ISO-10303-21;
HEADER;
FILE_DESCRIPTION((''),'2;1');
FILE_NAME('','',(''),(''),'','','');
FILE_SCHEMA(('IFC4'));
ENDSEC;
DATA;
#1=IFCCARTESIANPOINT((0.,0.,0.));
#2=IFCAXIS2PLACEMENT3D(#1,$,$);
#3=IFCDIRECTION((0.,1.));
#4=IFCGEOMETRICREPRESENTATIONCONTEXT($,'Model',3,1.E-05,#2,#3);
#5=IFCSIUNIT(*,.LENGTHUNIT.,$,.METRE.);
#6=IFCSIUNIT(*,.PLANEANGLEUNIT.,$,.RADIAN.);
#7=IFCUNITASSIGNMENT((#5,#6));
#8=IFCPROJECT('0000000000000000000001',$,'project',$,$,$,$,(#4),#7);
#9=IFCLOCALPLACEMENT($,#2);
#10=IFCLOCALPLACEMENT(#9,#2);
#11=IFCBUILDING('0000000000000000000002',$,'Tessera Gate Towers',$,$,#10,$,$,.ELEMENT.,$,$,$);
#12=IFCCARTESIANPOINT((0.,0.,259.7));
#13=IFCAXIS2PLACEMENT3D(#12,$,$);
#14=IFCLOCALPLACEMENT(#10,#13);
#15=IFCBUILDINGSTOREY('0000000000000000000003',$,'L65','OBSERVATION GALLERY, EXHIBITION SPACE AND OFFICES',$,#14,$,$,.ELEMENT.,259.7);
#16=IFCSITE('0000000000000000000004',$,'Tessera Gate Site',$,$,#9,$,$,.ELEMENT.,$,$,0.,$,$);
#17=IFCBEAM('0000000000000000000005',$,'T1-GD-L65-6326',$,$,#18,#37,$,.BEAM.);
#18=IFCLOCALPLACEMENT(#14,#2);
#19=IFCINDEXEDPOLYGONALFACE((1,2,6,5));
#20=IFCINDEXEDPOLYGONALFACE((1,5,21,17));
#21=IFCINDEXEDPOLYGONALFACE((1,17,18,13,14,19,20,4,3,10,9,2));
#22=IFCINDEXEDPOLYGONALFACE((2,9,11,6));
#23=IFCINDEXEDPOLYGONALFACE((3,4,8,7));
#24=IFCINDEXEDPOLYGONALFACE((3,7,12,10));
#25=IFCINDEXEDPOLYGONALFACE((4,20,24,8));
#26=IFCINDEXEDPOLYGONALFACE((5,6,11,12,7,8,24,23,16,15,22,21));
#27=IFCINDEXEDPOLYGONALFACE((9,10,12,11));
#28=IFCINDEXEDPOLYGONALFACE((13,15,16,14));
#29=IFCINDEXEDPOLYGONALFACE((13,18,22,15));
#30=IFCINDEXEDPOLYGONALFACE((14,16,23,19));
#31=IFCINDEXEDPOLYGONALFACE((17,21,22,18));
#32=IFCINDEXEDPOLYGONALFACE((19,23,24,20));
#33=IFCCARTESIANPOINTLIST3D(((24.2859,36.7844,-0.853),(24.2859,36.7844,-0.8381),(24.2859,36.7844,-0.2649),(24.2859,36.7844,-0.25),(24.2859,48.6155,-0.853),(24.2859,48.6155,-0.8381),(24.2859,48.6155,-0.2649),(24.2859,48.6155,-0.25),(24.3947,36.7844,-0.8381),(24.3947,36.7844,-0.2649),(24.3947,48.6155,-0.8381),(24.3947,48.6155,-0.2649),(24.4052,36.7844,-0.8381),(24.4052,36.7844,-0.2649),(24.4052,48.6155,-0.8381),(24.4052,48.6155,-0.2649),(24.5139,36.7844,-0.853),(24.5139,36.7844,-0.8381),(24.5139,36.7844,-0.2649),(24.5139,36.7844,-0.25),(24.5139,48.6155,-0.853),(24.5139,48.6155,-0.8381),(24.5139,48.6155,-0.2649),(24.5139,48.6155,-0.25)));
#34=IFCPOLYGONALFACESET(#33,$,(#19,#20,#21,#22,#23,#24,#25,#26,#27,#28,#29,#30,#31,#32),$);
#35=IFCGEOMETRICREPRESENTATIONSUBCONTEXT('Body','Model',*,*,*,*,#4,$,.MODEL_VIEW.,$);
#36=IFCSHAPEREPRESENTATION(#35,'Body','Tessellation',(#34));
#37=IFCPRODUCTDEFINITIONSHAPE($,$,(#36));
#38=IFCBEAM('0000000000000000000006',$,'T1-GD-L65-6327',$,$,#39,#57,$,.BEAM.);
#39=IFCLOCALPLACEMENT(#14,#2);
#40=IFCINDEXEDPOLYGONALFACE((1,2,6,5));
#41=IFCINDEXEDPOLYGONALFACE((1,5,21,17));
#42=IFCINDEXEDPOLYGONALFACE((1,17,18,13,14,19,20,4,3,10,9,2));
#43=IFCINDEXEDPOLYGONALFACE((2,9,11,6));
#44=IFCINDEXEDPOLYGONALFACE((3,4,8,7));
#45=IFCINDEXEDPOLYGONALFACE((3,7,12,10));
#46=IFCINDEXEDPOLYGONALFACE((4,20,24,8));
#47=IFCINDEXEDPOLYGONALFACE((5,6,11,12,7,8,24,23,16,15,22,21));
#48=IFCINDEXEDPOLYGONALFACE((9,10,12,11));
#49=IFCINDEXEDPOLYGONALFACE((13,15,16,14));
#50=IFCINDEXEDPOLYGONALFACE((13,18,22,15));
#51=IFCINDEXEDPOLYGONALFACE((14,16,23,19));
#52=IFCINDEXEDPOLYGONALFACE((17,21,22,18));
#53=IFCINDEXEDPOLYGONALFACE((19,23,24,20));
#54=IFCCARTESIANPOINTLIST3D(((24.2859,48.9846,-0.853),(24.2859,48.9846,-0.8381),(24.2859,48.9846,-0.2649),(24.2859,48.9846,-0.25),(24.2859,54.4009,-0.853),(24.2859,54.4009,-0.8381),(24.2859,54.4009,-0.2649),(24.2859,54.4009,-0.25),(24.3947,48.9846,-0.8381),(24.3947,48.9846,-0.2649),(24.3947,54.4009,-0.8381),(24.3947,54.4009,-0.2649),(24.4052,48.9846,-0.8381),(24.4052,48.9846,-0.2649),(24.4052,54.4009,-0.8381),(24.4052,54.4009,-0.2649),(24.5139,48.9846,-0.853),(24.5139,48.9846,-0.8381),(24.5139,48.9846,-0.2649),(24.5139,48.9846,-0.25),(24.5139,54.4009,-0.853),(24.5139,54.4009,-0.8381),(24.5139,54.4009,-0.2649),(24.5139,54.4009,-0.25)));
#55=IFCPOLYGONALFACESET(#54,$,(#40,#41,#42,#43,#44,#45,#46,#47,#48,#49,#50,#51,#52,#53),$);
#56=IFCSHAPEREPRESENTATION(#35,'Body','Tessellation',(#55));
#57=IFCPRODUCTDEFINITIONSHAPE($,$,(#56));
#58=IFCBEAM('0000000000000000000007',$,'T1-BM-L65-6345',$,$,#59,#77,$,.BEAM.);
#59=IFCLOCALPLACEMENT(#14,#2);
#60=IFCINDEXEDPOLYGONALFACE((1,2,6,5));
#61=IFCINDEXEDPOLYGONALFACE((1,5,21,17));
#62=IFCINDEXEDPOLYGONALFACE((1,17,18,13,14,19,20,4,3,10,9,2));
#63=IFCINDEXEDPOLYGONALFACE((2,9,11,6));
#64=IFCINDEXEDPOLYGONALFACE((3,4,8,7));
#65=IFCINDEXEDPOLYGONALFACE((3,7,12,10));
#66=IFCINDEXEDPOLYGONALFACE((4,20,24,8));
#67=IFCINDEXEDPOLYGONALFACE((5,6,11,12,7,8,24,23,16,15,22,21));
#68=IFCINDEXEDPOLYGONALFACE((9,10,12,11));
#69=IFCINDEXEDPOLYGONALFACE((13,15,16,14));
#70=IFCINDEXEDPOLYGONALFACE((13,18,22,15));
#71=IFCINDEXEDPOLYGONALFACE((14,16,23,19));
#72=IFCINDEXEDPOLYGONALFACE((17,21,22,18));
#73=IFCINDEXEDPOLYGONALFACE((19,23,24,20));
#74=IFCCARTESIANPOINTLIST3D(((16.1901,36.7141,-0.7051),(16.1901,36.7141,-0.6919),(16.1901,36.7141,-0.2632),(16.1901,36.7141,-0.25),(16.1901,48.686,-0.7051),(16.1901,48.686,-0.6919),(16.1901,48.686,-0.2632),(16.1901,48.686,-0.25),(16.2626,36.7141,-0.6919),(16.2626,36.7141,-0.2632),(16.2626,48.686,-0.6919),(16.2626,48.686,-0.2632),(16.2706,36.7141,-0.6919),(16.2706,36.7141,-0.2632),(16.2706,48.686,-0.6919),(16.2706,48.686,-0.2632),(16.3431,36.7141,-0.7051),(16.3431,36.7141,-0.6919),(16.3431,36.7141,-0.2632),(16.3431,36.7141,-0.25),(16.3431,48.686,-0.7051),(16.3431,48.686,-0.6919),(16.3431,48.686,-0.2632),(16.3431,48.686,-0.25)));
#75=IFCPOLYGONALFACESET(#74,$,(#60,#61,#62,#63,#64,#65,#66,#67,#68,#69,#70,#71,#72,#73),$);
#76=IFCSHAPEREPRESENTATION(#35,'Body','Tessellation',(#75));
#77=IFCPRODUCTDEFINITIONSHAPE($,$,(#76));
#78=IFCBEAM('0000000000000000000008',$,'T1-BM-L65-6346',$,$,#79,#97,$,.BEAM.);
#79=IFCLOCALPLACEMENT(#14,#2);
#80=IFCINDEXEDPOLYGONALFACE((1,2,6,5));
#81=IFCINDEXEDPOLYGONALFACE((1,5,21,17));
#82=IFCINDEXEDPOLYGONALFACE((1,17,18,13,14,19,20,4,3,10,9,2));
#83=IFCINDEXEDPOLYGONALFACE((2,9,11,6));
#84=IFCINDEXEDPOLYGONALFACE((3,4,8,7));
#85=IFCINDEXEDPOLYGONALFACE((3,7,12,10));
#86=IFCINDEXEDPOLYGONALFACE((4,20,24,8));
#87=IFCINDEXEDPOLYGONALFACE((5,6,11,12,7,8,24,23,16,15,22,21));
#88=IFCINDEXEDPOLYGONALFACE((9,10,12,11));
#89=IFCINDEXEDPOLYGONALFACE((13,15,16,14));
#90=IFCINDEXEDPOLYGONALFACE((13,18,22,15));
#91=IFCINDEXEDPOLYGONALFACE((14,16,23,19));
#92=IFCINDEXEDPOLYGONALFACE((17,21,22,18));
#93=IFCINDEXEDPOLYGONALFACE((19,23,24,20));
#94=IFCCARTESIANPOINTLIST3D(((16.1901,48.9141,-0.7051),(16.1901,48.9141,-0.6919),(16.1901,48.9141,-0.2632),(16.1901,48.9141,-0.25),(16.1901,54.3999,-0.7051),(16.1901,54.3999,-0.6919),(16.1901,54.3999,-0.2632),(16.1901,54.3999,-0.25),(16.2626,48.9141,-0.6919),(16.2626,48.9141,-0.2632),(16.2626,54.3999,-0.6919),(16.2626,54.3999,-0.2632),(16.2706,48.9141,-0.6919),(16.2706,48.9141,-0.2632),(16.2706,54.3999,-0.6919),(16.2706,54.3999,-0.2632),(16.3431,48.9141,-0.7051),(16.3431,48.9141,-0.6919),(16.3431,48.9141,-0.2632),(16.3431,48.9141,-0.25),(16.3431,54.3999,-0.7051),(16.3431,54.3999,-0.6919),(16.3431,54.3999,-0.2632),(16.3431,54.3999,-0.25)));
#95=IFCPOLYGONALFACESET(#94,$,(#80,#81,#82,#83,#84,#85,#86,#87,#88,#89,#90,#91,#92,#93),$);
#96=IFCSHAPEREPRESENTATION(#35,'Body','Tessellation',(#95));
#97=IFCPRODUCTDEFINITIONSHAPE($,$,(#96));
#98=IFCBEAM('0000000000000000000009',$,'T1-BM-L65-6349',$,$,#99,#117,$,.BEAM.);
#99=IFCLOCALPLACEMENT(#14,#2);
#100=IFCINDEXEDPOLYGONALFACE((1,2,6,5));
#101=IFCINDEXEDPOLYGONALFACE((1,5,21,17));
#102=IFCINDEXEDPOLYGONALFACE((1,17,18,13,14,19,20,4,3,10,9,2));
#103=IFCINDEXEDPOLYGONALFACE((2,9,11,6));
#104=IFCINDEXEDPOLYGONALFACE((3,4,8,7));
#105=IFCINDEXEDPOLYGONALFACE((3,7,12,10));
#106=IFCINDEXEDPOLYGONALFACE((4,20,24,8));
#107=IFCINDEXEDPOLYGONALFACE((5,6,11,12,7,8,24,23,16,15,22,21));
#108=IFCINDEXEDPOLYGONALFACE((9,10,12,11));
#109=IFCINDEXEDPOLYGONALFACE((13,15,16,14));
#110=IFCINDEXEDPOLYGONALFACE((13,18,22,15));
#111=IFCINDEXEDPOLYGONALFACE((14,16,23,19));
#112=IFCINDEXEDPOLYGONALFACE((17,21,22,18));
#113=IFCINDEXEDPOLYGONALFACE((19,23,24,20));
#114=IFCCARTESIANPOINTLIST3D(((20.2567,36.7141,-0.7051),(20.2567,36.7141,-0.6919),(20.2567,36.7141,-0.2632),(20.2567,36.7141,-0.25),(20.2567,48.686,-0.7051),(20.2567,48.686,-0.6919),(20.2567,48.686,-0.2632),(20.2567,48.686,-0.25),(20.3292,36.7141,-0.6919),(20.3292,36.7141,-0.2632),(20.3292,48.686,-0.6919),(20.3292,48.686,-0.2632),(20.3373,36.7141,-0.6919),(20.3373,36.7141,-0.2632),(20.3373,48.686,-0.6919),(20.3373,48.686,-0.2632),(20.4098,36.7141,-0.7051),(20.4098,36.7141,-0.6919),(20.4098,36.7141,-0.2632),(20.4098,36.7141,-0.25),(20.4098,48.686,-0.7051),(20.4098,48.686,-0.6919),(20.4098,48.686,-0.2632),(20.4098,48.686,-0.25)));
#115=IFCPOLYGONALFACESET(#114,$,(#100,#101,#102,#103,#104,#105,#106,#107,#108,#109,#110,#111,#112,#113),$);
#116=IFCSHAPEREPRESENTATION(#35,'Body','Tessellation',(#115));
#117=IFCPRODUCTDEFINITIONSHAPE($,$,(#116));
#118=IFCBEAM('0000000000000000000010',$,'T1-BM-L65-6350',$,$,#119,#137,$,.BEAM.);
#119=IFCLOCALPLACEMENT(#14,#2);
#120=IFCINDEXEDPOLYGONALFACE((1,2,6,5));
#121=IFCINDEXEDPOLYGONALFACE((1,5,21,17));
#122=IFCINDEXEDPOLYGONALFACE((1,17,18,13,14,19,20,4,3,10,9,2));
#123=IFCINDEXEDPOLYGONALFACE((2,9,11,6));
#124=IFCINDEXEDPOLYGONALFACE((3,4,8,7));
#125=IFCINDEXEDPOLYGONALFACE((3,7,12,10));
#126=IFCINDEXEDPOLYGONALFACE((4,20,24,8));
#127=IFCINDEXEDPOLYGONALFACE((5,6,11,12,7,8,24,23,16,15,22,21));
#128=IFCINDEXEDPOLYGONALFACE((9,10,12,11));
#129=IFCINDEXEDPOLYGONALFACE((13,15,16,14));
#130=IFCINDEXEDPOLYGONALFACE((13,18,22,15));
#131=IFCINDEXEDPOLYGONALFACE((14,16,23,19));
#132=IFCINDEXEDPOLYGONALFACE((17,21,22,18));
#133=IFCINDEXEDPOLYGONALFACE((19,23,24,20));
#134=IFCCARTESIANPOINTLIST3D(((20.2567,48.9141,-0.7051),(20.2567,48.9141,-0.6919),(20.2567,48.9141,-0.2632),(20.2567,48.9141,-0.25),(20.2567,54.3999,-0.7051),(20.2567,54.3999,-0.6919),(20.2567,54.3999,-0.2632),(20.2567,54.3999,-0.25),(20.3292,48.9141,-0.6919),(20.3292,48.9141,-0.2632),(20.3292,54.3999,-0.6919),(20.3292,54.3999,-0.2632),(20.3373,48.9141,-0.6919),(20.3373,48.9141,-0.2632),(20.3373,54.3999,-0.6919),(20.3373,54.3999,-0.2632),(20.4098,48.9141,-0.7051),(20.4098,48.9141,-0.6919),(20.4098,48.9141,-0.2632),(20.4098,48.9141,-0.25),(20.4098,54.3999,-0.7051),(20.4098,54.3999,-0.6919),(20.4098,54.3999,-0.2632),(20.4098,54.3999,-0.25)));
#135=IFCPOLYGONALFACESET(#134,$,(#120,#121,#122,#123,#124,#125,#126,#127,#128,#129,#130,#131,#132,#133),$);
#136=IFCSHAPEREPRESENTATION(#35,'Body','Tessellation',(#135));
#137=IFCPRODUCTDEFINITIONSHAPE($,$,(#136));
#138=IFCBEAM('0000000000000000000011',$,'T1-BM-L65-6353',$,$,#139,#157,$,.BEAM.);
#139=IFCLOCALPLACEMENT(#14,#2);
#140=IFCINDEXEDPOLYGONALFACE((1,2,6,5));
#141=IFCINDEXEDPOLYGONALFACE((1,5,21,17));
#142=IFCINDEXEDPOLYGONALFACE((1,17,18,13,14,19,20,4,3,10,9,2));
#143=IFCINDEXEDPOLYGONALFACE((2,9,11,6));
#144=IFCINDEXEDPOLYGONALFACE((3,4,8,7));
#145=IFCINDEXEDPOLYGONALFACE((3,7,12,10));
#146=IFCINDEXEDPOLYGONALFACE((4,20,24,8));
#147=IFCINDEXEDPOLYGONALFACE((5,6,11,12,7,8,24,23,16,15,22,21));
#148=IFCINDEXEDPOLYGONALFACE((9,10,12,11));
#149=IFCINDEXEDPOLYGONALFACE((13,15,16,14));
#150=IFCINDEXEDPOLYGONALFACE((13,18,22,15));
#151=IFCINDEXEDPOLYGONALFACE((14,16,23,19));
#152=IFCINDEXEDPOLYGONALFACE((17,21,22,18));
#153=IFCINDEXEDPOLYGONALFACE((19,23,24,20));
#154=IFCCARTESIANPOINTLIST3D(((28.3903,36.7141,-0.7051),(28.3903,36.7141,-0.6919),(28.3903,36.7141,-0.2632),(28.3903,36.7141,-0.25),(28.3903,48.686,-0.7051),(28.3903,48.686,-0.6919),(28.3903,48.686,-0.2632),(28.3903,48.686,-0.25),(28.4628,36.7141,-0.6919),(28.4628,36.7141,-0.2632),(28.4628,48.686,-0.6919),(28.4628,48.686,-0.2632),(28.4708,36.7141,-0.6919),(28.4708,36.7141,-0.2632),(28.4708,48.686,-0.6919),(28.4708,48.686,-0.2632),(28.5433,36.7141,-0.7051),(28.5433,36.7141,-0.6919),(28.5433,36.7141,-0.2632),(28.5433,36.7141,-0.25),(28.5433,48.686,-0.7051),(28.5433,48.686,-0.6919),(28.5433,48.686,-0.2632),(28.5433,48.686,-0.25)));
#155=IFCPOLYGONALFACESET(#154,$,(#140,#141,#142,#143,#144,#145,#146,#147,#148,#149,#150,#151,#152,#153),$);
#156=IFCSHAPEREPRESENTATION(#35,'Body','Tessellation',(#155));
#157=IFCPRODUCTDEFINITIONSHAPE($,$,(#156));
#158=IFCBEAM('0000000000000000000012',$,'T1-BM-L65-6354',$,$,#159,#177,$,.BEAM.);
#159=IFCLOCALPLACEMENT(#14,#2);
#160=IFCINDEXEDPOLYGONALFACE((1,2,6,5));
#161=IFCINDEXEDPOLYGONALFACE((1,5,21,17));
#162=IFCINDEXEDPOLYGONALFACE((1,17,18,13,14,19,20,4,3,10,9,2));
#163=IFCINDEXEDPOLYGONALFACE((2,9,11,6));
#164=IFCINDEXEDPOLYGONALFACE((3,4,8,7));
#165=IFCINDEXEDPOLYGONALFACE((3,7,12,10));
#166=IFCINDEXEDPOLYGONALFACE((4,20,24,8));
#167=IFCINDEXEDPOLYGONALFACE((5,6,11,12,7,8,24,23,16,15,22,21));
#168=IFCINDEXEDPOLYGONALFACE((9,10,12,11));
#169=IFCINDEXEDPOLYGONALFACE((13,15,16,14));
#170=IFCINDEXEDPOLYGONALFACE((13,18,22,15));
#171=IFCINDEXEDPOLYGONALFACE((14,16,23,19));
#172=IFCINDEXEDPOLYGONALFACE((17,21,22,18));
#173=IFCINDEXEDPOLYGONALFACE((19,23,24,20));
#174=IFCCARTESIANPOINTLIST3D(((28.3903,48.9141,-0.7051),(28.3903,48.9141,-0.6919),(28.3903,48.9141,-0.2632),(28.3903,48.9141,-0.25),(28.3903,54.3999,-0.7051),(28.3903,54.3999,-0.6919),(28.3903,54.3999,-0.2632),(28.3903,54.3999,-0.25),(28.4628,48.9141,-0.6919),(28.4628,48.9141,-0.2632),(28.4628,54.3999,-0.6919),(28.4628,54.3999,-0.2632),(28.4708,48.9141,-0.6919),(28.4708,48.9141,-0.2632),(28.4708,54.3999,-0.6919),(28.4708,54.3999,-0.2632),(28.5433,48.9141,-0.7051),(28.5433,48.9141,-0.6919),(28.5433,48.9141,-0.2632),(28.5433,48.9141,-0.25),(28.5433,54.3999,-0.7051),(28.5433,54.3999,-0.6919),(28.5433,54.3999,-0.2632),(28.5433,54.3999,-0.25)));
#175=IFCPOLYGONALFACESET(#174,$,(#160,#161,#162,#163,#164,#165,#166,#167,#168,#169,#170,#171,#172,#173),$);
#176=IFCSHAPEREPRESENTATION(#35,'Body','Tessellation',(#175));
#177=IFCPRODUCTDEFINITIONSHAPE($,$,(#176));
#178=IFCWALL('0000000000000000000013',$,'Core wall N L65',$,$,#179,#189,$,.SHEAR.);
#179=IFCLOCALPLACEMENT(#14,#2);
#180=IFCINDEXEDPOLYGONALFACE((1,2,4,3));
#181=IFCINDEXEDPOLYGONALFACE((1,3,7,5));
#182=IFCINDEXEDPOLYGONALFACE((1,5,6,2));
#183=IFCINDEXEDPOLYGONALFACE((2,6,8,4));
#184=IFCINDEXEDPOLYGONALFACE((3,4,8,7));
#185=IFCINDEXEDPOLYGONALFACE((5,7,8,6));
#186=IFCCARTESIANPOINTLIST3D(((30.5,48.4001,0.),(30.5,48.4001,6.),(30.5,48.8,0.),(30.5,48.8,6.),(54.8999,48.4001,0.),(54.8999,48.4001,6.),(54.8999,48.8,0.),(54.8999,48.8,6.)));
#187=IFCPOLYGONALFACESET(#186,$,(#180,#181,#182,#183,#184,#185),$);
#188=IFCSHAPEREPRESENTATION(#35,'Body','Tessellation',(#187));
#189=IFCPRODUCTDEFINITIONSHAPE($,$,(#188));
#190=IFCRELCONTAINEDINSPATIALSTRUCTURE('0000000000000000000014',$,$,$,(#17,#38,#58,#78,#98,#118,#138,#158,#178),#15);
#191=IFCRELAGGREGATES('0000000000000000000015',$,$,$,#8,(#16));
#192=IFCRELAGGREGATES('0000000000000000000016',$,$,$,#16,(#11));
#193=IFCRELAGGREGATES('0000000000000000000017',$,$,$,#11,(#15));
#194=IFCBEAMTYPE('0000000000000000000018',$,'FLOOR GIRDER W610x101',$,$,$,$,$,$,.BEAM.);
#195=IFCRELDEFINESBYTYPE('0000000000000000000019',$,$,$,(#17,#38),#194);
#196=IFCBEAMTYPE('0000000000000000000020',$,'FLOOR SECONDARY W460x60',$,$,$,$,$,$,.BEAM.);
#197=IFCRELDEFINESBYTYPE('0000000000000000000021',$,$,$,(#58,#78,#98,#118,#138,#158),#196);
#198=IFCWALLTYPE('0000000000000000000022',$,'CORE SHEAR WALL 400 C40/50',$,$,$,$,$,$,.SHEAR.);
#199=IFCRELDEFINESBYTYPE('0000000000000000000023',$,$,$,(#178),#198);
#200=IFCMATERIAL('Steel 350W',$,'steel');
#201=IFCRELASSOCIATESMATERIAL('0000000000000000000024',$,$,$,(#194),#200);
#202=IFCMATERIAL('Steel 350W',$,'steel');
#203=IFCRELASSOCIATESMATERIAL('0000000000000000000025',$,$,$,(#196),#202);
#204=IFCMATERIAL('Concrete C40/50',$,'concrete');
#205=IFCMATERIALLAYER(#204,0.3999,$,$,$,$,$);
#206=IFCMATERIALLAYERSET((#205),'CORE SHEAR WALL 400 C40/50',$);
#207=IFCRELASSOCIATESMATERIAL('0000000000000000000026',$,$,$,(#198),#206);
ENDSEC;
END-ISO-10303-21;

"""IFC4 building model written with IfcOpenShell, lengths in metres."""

from ifc_helpers import new_model, si_unit, direction, frame, frame_2d, origin, origin_2d, place, context, subcontext, project, spatial, rectangle, i_section, extrude, material, layer, layer_set, material_profile, profile_set, type_object, element, save


model = new_model("IFC4")

# Units and contexts
model_context = context("Model", 3, precision=1e-05, world=origin(), true_north=direction((0.0, 1.0)))
body_context = subcontext(model_context, "Body", "Model", "MODEL_VIEW")
ifc_project = project(units=[si_unit("LENGTHUNIT", "METRE"), si_unit("PLANEANGLEUNIT", "RADIAN")], contexts=[model_context])

# Site, building, storey
site_placement = place(None, origin())
site = spatial("IfcSite", under=ifc_project, at=site_placement, Name="Tessera Gate Site", CompositionType="ELEMENT", RefElevation=0.0)
building_placement = place(site_placement, origin())
building = spatial("IfcBuilding", under=site, at=building_placement, Name="Tessera Gate Towers", CompositionType="ELEMENT")
storey_placement = place(building_placement, frame((0.0, 0.0, 259.7)))
storey = spatial("IfcBuildingStorey", under=building, at=storey_placement, Name="L65", Description="OBSERVATION GALLERY, EXHIBITION SPACE AND OFFICES", CompositionType="ELEMENT", Elevation=259.7)

# Beams
ifc_material_1 = material(Name="Steel 350W", Category="steel")
ifc_material_profile_1 = material_profile(ifc_material_1, i_section(OverallWidth=0.228, OverallDepth=0.603, WebThickness=0.0105, FlangeThickness=0.0149, at=origin_2d()), Name="W610x101")
ifc_profile_set_1 = profile_set([ifc_material_profile_1], Name="Steel 350W")
beam_type_1 = type_object("IfcBeamType", Name="FLOOR GIRDER W610x101", PredefinedType="BEAM", material=ifc_profile_set_1)
beam_1_placement = place(storey_placement, frame((24.3999, 36.7844, -0.5515), z_axis=(0.0, 1.0, 0.0), x_axis=(-1.0, 0.0, 0.0)))
element("IfcBeam", 1, at=beam_1_placement, inside=storey, type_object=beam_type_1, Name="T1-GD-L65-6326", PredefinedType="BEAM", context=body_context, shape_type="SweptSolid", body=[
    extrude(i_section(OverallWidth=0.228, OverallDepth=0.603, WebThickness=0.0105, FlangeThickness=0.0149, at=origin_2d()), origin(), (0.0, 0.0, 1.0), 11.8311),
])
beam_2_placement = place(storey_placement, frame((24.3999, 48.9846, -0.5515), z_axis=(0.0, 1.0, 0.0), x_axis=(-1.0, 0.0, 0.0)))
element("IfcBeam", 2, at=beam_2_placement, inside=storey, type_object=beam_type_1, Name="T1-GD-L65-6327", PredefinedType="BEAM", context=body_context, shape_type="SweptSolid", body=[
    extrude(i_section(OverallWidth=0.228, OverallDepth=0.603, WebThickness=0.0105, FlangeThickness=0.0149, at=origin_2d()), origin(), (0.0, 0.0, 1.0), 5.4163),
])
ifc_material_2 = material(Name="Steel 350W", Category="steel")
ifc_material_profile_2 = material_profile(ifc_material_2, i_section(OverallWidth=0.1531, OverallDepth=0.4551, WebThickness=0.0081, FlangeThickness=0.0132, at=origin_2d()), Name="W460x60")
ifc_profile_set_2 = profile_set([ifc_material_profile_2], Name="Steel 350W")
beam_type_2 = type_object("IfcBeamType", Name="FLOOR SECONDARY W460x60", PredefinedType="BEAM", material=ifc_profile_set_2)
beam_3_placement = place(storey_placement, frame((16.2666, 36.7141, -0.4775), z_axis=(0.0, 1.0, 0.0), x_axis=(-1.0, 0.0, 0.0)))
element("IfcBeam", 3, at=beam_3_placement, inside=storey, type_object=beam_type_2, Name="T1-BM-L65-6345", PredefinedType="BEAM", context=body_context, shape_type="SweptSolid", body=[
    extrude(i_section(OverallWidth=0.1531, OverallDepth=0.4551, WebThickness=0.0081, FlangeThickness=0.0132, at=origin_2d()), origin(), (0.0, 0.0, 1.0), 11.9719),
])
beam_4_placement = place(storey_placement, frame((16.2666, 48.9141, -0.4775), z_axis=(0.0, 1.0, 0.0), x_axis=(-1.0, 0.0, 0.0)))
element("IfcBeam", 4, at=beam_4_placement, inside=storey, type_object=beam_type_2, Name="T1-BM-L65-6346", PredefinedType="BEAM", context=body_context, shape_type="SweptSolid", body=[
    extrude(i_section(OverallWidth=0.1531, OverallDepth=0.4551, WebThickness=0.0081, FlangeThickness=0.0132, at=origin_2d()), origin(), (0.0, 0.0, 1.0), 5.4858),
])
beam_5_placement = place(storey_placement, frame((20.3333, 36.7141, -0.4775), z_axis=(0.0, 1.0, 0.0), x_axis=(-1.0, 0.0, 0.0)))
element("IfcBeam", 5, at=beam_5_placement, inside=storey, type_object=beam_type_2, Name="T1-BM-L65-6349", PredefinedType="BEAM", context=body_context, shape_type="SweptSolid", body=[
    extrude(i_section(OverallWidth=0.1531, OverallDepth=0.4551, WebThickness=0.0081, FlangeThickness=0.0132, at=origin_2d()), origin(), (0.0, 0.0, 1.0), 11.9719),
])
beam_6_placement = place(storey_placement, frame((20.3333, 48.9141, -0.4775), z_axis=(0.0, 1.0, 0.0), x_axis=(-1.0, 0.0, 0.0)))
element("IfcBeam", 6, at=beam_6_placement, inside=storey, type_object=beam_type_2, Name="T1-BM-L65-6350", PredefinedType="BEAM", context=body_context, shape_type="SweptSolid", body=[
    extrude(i_section(OverallWidth=0.1531, OverallDepth=0.4551, WebThickness=0.0081, FlangeThickness=0.0132, at=origin_2d()), origin(), (0.0, 0.0, 1.0), 5.4858),
])
beam_7_placement = place(storey_placement, frame((28.4668, 36.7141, -0.4775), z_axis=(0.0, 1.0, 0.0), x_axis=(-1.0, 0.0, 0.0)))
element("IfcBeam", 7, at=beam_7_placement, inside=storey, type_object=beam_type_2, Name="T1-BM-L65-6353", PredefinedType="BEAM", context=body_context, shape_type="SweptSolid", body=[
    extrude(i_section(OverallWidth=0.1531, OverallDepth=0.4551, WebThickness=0.0081, FlangeThickness=0.0132, at=origin_2d()), origin(), (0.0, 0.0, 1.0), 11.9719),
])
beam_8_placement = place(storey_placement, frame((28.4668, 48.9141, -0.4775), z_axis=(0.0, 1.0, 0.0), x_axis=(-1.0, 0.0, 0.0)))
element("IfcBeam", 8, at=beam_8_placement, inside=storey, type_object=beam_type_2, Name="T1-BM-L65-6354", PredefinedType="BEAM", context=body_context, shape_type="SweptSolid", body=[
    extrude(i_section(OverallWidth=0.1531, OverallDepth=0.4551, WebThickness=0.0081, FlangeThickness=0.0132, at=origin_2d()), origin(), (0.0, 0.0, 1.0), 5.4858),
])

# Wall
ifc_material_3 = material(Name="Concrete C40/50", Category="concrete")
ifc_layer_1 = layer(ifc_material_3, 0.3999)
ifc_layer_set_1 = layer_set([ifc_layer_1], Name="CORE SHEAR WALL 400 C40/50")
wall_type_1 = type_object("IfcWallType", Name="CORE SHEAR WALL 400 C40/50", PredefinedType="SHEAR", material=ifc_layer_set_1)
wall_1_placement = place(storey_placement, frame((30.5, 48.6001, 0.0), z_axis=(0.0, 0.0, 1.0), x_axis=(1.0, 0.0, 0.0)))
element("IfcWall", 9, at=wall_1_placement, inside=storey, type_object=wall_type_1, Name="Core wall N L65", PredefinedType="SHEAR", context=body_context, shape_type="SweptSolid", body=[
    extrude(rectangle(XDim=24.3999, YDim=0.3999, at=frame_2d((12.2, 0.0))), origin(), (0.0, 0.0, 1.0), 6.0),
])

save(model, "model.ifc")
